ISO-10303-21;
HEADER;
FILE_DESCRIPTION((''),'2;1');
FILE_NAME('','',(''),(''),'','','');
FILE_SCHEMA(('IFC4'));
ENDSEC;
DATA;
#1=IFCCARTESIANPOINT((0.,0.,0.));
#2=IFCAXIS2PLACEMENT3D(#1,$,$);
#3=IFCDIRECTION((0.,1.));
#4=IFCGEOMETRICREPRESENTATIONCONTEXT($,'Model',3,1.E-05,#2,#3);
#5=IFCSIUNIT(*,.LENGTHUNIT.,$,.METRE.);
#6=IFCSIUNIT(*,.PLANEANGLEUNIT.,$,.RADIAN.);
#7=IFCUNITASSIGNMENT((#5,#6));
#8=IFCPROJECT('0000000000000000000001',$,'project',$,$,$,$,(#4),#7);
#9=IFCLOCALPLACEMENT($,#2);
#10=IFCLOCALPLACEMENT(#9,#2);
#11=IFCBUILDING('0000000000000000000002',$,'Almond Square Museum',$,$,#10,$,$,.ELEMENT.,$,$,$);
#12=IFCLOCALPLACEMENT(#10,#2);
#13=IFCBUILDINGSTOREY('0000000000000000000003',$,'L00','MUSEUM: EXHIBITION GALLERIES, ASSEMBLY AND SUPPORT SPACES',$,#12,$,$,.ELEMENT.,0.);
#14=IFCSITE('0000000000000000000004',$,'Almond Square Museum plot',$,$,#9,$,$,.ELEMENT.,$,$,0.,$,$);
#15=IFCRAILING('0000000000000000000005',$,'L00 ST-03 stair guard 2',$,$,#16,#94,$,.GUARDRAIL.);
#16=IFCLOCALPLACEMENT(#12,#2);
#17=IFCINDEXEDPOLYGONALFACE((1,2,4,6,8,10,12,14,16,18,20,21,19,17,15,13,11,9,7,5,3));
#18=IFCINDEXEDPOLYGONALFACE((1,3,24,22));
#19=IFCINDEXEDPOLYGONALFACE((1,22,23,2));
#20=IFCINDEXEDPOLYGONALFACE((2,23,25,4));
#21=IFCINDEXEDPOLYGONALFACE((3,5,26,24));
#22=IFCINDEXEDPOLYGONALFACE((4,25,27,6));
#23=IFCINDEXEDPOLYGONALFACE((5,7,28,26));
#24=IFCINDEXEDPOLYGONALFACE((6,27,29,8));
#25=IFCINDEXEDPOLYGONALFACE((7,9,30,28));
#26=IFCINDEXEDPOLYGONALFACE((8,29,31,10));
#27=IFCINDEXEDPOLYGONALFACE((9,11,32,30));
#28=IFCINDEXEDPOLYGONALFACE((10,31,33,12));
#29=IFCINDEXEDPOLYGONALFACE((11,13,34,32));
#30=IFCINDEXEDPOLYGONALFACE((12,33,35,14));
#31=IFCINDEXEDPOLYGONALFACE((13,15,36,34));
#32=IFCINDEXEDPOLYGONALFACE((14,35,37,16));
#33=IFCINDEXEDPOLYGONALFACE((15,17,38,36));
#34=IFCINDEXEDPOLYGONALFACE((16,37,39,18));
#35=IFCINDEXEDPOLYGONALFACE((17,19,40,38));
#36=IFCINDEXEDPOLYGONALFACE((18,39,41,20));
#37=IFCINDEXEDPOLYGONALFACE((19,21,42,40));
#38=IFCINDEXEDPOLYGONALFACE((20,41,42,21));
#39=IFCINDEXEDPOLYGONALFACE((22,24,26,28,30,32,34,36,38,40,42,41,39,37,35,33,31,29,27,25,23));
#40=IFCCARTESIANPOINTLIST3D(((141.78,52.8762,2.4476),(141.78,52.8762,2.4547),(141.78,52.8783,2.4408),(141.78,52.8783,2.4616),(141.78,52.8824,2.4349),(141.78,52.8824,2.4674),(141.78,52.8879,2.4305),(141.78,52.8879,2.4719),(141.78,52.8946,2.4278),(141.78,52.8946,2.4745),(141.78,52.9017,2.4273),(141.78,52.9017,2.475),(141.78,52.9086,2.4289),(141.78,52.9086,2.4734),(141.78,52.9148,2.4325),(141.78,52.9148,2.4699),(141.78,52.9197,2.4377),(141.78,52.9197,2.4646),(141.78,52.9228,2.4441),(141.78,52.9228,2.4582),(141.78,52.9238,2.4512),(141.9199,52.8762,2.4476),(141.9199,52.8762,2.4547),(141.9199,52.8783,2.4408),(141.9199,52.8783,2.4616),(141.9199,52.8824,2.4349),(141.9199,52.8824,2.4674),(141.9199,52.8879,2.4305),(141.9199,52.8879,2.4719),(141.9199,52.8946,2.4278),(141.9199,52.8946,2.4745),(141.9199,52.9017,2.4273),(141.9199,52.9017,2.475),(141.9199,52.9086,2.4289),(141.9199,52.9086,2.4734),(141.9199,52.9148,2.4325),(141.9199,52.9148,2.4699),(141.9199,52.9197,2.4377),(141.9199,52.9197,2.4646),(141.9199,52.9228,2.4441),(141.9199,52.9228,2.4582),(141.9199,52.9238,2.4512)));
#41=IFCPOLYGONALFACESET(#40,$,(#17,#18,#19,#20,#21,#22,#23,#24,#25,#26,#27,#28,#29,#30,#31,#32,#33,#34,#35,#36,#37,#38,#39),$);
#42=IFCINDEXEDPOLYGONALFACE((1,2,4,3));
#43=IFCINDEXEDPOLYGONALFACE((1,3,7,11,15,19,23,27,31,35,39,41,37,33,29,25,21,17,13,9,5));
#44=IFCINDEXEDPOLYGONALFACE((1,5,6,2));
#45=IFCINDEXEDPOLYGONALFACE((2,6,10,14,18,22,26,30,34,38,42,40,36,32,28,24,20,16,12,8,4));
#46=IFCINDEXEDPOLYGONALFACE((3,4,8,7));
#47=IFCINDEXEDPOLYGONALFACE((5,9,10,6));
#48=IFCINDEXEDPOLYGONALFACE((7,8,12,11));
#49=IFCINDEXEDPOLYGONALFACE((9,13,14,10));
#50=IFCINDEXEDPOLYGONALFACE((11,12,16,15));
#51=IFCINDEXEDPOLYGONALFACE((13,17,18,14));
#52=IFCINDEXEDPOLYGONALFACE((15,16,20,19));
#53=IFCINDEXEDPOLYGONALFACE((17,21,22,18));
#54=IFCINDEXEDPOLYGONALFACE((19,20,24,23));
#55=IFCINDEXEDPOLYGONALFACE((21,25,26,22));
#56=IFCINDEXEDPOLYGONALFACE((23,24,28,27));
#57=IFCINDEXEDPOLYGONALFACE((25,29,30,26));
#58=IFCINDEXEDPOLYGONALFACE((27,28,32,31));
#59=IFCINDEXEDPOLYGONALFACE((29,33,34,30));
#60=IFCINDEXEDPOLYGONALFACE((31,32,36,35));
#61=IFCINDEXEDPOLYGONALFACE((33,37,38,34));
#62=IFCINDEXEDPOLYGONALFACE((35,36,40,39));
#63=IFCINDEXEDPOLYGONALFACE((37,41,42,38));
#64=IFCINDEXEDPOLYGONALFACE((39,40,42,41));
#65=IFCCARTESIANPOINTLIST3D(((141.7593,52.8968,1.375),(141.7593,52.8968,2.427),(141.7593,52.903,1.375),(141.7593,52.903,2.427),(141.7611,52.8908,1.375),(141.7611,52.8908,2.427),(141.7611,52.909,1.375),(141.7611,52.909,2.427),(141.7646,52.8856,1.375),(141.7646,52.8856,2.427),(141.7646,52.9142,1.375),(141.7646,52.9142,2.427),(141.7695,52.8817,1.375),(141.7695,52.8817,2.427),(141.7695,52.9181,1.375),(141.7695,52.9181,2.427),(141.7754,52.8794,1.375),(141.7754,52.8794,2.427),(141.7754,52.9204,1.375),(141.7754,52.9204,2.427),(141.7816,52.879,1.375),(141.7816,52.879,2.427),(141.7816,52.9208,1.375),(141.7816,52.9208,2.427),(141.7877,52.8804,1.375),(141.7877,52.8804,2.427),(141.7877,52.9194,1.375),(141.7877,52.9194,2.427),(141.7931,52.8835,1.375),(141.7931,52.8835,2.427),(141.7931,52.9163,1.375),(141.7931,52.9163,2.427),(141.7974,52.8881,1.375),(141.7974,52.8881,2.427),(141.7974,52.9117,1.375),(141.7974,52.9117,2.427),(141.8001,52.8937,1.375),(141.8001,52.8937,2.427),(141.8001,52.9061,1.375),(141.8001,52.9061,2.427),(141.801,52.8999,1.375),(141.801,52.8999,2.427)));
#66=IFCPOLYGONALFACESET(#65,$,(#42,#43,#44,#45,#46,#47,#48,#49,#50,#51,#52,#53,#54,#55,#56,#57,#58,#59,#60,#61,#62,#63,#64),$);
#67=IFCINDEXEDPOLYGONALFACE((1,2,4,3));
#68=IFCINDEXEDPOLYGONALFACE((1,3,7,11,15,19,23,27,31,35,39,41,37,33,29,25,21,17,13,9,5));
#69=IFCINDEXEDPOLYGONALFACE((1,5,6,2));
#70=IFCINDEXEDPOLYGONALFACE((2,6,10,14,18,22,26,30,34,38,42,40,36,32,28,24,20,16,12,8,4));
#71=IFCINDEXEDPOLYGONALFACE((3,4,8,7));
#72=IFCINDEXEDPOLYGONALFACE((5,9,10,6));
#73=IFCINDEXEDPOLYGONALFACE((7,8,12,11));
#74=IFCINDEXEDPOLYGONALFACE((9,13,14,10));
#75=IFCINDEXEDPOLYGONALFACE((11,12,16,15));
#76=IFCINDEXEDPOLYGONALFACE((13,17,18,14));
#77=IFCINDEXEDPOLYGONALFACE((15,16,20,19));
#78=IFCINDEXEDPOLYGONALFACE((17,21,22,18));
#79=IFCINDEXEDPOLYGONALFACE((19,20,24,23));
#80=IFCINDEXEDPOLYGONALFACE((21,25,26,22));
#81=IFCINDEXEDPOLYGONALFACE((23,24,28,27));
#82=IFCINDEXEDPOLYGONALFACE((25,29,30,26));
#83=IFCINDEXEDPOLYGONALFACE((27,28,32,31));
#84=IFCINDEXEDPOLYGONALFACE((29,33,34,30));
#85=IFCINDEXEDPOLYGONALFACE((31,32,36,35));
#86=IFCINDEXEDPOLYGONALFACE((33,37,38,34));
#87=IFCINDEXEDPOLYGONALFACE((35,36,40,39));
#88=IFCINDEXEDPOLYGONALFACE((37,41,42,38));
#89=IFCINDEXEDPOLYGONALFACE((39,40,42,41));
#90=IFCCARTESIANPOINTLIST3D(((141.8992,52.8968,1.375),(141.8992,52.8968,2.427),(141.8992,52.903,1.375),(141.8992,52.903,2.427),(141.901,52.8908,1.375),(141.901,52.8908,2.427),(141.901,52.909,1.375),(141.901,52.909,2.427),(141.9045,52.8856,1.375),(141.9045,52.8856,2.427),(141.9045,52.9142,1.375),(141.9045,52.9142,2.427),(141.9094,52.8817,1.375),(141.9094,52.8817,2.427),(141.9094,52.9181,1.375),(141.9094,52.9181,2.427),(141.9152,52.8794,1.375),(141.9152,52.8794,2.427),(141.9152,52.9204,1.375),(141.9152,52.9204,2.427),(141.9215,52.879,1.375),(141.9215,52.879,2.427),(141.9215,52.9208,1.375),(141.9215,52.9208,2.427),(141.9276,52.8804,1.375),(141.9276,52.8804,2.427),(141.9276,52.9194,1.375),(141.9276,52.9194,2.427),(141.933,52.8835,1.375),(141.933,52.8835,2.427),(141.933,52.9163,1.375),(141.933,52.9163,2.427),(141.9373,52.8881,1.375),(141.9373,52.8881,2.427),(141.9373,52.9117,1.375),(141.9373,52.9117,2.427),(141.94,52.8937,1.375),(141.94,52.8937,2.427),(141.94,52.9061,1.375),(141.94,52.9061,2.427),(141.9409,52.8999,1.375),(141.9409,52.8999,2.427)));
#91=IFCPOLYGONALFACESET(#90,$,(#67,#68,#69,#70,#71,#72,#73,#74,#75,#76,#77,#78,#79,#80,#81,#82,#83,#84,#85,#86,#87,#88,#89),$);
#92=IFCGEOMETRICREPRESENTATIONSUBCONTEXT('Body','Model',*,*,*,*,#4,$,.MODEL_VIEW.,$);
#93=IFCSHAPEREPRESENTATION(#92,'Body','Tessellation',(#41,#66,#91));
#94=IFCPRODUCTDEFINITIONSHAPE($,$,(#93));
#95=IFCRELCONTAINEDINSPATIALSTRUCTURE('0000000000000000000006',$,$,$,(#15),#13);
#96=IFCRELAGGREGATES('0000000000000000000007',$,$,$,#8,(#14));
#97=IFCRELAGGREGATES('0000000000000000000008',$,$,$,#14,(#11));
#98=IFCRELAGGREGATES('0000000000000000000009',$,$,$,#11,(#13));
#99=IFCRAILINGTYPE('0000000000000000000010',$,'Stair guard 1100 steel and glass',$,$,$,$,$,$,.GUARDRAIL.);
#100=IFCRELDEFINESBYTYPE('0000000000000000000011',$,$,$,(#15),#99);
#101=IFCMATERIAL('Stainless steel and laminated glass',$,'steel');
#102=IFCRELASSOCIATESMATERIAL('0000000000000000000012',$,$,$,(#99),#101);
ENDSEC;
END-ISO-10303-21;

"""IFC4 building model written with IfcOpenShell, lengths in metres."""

from ifc_helpers import new_model, si_unit, direction, frame, origin, origin_2d, place, context, subcontext, project, spatial, circle, extrude, material, type_object, element, save


model = new_model("IFC4")

# Units and contexts
model_context = context("Model", 3, precision=1e-05, world=origin(), true_north=direction((0.0, 1.0)))
body_context = subcontext(model_context, "Body", "Model", "MODEL_VIEW")
ifc_project = project(units=[si_unit("LENGTHUNIT", "METRE"), si_unit("PLANEANGLEUNIT", "RADIAN")], contexts=[model_context])

# Site, building, storey
site_placement = place(None, origin())
site = spatial("IfcSite", under=ifc_project, at=site_placement, Name="Almond Square Museum plot", CompositionType="ELEMENT", RefElevation=0.0)
building_placement = place(site_placement, origin())
building = spatial("IfcBuilding", under=site, at=building_placement, Name="Almond Square Museum", CompositionType="ELEMENT")
storey_placement = place(building_placement, origin())
storey = spatial("IfcBuildingStorey", under=building, at=storey_placement, Name="L00", Description="MUSEUM: EXHIBITION GALLERIES, ASSEMBLY AND SUPPORT SPACES", CompositionType="ELEMENT", Elevation=0.0)

# Railing
ifc_material_1 = material(Name="Stainless steel and laminated glass", Category="steel")
railing_type_1 = type_object("IfcRailingType", Name="Stair guard 1100 steel and glass", PredefinedType="GUARDRAIL", material=ifc_material_1)
railing_1_placement = place(storey_placement, frame((141.78, 52.8999, 1.375)))
element("IfcRailing", 1, at=railing_1_placement, inside=storey, type_object=railing_type_1, Name="L00 ST-03 stair guard 2", PredefinedType="GUARDRAIL", context=body_context, shape_type="SweptSolid", body=[
    extrude(circle(Radius=0.0239, at=origin_2d()), frame((0.0, 0.0, 1.0762), z_axis=(1.0, 0.0, 0.0), x_axis=(0.0, 1.0, 0.0)), (0.0, 0.0, 1.0), 0.1399),
    extrude(circle(Radius=0.021, at=origin_2d()), origin(), (0.0, 0.0, 1.0), 1.052),
    extrude(circle(Radius=0.021, at=origin_2d()), frame((0.1399, 0.0, 0.0)), (0.0, 0.0, 1.0), 1.052),
])

save(model, "model.ifc")
